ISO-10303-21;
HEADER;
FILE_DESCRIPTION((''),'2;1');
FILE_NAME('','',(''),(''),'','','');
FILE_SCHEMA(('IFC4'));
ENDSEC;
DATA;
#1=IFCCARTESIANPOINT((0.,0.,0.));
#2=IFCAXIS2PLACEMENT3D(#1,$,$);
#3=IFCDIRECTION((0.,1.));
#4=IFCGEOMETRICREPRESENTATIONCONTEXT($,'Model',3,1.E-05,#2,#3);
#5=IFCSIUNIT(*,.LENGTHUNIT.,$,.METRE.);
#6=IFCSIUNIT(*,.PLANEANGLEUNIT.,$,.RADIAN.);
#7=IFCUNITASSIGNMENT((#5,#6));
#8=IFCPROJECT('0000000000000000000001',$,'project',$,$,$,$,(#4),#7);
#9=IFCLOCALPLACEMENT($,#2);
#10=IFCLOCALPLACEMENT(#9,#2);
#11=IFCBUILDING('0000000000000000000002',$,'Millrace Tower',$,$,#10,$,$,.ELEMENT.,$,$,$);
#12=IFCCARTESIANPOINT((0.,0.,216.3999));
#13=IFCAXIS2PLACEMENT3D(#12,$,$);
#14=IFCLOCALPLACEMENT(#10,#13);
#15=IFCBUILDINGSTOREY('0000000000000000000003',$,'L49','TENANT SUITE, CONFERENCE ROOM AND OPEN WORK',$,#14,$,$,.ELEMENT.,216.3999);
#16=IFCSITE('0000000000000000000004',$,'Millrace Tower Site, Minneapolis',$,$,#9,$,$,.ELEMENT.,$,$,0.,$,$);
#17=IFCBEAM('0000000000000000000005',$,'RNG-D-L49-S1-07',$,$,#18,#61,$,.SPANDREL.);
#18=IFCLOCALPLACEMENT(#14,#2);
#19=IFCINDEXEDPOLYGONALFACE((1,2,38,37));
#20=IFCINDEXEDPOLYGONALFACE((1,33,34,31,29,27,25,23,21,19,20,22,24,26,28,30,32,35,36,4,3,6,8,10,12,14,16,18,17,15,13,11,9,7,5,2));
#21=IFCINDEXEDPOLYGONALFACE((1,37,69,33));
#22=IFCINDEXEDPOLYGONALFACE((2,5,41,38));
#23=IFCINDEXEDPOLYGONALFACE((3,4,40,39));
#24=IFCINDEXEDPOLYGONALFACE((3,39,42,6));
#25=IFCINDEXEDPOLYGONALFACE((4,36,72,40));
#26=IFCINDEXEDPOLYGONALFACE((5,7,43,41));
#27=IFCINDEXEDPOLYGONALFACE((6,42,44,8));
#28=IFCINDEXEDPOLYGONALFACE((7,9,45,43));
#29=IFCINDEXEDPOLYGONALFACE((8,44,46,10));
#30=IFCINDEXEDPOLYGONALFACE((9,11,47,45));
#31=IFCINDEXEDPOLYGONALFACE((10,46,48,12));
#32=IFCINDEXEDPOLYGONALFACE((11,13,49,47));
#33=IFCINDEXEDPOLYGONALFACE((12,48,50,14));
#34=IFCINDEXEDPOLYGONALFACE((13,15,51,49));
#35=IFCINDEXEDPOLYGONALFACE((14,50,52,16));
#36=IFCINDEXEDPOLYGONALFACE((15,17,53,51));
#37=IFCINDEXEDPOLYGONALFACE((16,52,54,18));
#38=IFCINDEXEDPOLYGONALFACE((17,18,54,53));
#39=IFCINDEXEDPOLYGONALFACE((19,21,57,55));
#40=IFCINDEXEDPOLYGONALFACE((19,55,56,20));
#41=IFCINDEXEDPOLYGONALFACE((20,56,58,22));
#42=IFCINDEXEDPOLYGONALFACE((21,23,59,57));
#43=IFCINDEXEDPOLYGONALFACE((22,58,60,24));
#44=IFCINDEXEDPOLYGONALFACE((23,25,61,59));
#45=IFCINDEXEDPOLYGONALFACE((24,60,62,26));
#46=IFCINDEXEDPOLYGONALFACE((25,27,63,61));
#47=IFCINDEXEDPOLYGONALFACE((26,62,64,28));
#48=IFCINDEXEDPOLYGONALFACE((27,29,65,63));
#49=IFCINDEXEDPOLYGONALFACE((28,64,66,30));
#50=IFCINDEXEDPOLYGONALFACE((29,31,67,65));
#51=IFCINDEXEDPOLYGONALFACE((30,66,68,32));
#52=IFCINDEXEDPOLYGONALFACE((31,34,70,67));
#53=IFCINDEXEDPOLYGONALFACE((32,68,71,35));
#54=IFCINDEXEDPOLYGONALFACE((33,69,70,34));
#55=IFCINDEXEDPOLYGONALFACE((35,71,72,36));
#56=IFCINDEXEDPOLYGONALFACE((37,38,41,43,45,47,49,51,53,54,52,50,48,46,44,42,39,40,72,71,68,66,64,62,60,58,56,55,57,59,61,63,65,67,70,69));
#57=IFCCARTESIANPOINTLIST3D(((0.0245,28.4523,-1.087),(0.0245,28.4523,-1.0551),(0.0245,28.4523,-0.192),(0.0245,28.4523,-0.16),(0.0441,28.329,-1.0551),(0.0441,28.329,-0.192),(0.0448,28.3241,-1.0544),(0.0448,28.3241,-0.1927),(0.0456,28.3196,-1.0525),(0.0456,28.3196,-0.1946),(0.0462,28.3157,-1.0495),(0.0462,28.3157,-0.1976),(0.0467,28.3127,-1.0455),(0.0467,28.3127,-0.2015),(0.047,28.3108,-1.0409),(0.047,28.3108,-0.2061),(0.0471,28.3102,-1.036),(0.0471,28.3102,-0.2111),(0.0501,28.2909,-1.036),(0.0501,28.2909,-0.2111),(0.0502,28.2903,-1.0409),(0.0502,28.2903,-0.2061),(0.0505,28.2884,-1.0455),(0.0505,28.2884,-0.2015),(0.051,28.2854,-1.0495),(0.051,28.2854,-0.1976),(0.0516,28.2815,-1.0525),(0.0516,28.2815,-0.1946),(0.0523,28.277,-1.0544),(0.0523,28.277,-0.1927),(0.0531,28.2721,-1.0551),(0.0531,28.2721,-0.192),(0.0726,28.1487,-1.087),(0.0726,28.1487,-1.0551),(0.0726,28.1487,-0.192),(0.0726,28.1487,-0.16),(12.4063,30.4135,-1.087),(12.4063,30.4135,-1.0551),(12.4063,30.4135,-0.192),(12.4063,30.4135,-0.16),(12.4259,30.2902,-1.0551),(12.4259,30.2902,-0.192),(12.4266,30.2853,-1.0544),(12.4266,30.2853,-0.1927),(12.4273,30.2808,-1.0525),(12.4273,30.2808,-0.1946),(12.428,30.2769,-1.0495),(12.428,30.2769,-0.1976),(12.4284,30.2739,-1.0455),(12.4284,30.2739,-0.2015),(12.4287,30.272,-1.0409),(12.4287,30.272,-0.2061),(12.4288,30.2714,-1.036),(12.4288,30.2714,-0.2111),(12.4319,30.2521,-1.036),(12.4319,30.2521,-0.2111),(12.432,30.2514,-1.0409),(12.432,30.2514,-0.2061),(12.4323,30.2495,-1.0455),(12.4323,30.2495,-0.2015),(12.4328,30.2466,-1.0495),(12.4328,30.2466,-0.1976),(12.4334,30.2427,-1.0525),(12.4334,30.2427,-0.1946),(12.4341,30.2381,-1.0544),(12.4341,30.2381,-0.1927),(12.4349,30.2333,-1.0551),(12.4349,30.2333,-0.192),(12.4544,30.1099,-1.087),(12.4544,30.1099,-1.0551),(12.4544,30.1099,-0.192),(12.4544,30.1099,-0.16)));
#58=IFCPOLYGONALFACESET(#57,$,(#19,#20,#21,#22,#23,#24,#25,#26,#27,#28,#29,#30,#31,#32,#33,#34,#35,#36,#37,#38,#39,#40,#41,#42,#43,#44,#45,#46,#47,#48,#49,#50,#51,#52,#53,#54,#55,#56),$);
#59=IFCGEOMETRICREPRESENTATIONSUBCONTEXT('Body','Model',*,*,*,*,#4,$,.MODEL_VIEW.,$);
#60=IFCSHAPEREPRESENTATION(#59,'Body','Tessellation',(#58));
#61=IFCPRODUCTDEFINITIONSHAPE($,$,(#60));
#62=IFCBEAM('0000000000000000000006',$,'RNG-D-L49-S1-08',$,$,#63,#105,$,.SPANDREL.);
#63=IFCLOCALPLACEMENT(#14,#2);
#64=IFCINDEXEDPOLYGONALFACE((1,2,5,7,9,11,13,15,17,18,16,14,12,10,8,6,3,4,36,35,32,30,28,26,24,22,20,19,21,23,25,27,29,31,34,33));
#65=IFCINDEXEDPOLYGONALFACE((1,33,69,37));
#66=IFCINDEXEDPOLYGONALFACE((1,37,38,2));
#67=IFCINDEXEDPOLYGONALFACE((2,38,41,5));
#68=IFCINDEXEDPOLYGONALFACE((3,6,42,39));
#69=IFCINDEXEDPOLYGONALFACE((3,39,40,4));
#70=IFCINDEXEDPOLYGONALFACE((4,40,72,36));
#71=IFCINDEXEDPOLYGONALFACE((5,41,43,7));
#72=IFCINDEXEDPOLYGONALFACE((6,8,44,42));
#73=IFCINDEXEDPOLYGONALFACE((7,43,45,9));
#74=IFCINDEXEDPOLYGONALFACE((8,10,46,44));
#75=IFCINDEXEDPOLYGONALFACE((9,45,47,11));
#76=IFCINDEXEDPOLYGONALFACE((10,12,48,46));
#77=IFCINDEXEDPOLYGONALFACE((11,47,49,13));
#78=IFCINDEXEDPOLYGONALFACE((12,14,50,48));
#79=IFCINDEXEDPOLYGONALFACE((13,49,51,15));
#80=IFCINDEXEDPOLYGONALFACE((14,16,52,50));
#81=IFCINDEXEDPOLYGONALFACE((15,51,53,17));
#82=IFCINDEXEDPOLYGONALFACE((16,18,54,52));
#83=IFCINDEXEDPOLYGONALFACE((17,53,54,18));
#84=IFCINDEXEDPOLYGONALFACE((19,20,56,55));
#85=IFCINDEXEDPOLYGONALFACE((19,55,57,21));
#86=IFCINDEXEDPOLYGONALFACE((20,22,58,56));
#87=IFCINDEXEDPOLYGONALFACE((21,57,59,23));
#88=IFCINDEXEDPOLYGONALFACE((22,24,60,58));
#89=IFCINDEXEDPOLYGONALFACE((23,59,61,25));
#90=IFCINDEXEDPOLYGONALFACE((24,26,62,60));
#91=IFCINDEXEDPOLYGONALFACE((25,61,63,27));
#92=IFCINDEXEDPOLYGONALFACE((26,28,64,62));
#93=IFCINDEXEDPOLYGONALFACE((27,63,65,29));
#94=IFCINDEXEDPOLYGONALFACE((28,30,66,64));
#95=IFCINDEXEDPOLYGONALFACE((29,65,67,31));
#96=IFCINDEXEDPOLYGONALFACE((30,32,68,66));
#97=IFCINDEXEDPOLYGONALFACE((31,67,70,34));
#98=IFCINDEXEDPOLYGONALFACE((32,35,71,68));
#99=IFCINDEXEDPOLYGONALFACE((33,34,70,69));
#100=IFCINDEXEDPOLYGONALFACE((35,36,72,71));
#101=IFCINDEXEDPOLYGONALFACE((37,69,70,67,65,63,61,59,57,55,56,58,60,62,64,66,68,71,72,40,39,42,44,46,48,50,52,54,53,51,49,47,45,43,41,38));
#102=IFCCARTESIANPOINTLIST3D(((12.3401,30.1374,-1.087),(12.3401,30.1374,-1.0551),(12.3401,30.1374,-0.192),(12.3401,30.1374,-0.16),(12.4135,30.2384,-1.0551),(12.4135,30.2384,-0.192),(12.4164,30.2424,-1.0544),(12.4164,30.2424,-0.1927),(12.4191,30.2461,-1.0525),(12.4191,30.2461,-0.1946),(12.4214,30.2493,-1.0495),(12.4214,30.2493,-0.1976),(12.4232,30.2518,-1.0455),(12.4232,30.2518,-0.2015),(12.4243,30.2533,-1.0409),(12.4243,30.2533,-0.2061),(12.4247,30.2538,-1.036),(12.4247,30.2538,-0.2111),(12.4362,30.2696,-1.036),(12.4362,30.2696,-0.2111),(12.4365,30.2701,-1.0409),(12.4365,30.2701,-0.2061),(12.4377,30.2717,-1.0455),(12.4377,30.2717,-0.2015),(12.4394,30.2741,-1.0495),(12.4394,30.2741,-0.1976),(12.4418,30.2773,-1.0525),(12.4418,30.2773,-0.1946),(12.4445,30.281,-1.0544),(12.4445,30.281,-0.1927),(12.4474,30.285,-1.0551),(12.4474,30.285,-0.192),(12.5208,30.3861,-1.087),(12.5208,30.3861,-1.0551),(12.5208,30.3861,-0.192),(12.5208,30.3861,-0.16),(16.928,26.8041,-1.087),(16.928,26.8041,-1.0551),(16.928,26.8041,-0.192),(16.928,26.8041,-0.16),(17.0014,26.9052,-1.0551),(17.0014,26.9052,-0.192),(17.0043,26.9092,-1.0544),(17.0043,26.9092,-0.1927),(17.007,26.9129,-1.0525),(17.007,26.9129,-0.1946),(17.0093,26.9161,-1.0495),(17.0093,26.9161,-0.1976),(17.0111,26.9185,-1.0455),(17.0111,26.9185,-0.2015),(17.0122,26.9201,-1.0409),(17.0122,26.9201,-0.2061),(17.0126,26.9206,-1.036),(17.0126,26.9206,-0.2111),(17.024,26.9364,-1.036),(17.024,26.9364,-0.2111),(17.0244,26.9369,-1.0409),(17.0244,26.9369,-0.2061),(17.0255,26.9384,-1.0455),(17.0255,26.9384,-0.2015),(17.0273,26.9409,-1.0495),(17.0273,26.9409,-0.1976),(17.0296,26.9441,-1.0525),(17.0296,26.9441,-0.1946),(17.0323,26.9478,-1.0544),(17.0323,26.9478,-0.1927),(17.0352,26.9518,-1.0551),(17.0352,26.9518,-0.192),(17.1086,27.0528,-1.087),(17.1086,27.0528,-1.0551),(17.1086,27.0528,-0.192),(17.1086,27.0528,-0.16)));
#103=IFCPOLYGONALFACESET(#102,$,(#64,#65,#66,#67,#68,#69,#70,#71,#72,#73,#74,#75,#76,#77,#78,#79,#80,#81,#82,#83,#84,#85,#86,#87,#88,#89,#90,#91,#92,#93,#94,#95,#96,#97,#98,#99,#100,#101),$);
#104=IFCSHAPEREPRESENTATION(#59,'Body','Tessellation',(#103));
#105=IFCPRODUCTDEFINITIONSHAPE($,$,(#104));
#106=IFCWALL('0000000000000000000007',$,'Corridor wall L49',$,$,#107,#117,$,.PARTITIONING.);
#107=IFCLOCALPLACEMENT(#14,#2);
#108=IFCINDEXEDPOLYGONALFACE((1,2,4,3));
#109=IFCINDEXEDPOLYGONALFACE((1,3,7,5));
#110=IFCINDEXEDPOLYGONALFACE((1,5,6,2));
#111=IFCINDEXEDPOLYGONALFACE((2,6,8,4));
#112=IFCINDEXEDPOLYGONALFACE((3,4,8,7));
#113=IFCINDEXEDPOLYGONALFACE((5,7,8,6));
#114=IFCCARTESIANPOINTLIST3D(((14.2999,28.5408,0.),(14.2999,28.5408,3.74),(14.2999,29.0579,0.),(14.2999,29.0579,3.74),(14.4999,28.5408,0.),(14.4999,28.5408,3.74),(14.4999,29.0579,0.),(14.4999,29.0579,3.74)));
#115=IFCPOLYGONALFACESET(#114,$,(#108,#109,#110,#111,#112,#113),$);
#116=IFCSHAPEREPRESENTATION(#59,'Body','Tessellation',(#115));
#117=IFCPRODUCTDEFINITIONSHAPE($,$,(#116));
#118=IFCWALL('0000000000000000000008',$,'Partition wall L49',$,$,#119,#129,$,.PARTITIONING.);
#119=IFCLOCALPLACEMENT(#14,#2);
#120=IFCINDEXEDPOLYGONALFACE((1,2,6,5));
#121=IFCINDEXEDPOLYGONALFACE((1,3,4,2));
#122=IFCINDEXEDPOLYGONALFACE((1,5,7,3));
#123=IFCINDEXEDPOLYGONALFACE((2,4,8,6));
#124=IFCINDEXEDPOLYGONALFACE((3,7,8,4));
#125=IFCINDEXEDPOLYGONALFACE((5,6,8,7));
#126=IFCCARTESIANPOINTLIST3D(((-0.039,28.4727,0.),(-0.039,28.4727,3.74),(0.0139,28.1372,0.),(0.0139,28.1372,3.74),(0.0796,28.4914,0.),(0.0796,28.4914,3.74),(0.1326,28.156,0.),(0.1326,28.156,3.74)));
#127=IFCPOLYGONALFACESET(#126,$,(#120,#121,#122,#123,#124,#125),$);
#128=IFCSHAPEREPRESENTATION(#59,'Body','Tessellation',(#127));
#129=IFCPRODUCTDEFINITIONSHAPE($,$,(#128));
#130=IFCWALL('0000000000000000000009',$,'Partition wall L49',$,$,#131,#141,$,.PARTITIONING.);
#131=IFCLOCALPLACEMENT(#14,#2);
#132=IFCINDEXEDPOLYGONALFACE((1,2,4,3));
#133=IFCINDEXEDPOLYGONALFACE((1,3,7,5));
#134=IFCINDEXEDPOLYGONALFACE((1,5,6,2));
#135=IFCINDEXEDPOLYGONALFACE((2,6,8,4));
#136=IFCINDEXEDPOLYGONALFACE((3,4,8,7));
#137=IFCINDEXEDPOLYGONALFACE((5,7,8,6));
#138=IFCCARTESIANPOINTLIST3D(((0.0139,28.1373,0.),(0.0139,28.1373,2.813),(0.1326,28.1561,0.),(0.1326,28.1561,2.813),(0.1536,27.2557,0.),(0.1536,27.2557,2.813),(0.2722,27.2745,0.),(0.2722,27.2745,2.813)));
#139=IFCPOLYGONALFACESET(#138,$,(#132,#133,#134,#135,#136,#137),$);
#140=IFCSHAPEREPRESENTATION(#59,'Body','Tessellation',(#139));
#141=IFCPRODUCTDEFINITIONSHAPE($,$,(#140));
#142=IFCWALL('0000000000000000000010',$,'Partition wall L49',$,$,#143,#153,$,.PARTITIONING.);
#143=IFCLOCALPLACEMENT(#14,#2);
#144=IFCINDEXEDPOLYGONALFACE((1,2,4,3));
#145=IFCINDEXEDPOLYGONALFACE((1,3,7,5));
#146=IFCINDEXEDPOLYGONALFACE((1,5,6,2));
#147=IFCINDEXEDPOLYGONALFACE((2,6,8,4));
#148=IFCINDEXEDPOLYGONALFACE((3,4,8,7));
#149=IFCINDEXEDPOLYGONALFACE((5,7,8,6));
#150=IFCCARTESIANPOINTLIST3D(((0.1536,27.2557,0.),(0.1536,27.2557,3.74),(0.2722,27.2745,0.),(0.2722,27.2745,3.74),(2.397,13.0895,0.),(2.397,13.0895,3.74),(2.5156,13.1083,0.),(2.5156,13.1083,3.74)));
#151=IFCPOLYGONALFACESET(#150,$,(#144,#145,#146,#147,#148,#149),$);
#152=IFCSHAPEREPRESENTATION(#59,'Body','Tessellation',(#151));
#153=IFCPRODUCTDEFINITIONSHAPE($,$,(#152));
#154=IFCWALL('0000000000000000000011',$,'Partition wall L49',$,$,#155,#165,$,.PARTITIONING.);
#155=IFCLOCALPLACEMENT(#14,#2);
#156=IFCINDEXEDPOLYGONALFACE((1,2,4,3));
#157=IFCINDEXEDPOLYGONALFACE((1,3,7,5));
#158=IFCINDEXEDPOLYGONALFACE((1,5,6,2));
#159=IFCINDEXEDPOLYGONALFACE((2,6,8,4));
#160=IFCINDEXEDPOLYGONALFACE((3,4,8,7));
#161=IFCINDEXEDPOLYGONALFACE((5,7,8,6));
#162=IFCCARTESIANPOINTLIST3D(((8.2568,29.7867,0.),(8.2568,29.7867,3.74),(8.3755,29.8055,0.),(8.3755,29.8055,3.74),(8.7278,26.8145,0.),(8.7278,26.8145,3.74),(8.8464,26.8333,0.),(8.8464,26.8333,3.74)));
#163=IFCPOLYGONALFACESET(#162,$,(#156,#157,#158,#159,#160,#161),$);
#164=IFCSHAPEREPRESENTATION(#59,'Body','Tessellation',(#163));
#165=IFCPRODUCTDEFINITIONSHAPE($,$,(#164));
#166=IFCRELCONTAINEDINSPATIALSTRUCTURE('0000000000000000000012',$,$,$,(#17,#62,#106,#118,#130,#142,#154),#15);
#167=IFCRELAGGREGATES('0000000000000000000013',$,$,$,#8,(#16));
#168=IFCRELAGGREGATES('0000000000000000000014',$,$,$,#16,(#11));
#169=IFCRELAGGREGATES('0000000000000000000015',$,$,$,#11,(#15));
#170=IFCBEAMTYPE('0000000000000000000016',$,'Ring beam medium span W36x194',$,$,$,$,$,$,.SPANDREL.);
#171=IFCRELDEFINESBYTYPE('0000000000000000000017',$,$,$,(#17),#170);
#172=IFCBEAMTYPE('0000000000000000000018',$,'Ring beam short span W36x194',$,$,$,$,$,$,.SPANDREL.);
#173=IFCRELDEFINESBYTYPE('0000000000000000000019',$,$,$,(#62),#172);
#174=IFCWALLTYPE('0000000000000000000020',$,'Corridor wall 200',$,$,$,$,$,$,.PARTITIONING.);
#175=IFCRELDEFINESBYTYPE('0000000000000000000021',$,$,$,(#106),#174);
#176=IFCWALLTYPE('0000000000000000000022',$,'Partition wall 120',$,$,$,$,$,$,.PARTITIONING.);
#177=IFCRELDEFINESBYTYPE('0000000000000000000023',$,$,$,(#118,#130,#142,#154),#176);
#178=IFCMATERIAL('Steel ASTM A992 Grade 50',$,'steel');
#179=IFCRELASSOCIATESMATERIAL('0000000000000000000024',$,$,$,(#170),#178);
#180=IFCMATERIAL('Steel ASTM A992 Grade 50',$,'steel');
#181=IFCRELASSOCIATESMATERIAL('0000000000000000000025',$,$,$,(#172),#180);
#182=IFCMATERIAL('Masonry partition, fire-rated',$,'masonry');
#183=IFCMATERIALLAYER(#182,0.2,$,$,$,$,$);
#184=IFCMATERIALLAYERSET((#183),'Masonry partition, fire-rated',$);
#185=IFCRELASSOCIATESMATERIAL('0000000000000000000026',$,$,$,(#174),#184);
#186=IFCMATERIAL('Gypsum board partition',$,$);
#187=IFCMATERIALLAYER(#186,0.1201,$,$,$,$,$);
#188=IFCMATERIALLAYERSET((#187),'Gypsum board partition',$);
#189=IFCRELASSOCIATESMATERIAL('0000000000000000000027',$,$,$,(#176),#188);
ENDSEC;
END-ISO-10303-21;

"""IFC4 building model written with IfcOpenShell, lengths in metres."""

from ifc_helpers import new_model, si_unit, direction, frame, frame_2d, origin, origin_2d, place, context, subcontext, project, spatial, rectangle, i_section, extrude, material, layer, layer_set, material_profile, profile_set, type_object, element, save


model = new_model("IFC4")

# Units and contexts
model_context = context("Model", 3, precision=1e-05, world=origin(), true_north=direction((0.0, 1.0)))
body_context = subcontext(model_context, "Body", "Model", "MODEL_VIEW")
ifc_project = project(units=[si_unit("LENGTHUNIT", "METRE"), si_unit("PLANEANGLEUNIT", "RADIAN")], contexts=[model_context])

# Site, building, storey
site_placement = place(None, origin())
site = spatial("IfcSite", under=ifc_project, at=site_placement, Name="Millrace Tower Site, Minneapolis", CompositionType="ELEMENT", RefElevation=0.0)
building_placement = place(site_placement, origin())
building = spatial("IfcBuilding", under=site, at=building_placement, Name="Millrace Tower", CompositionType="ELEMENT")
storey_placement = place(building_placement, frame((0.0, 0.0, 216.3999)))
storey = spatial("IfcBuildingStorey", under=building, at=storey_placement, Name="L49", Description="TENANT SUITE, CONFERENCE ROOM AND OPEN WORK", CompositionType="ELEMENT", Elevation=216.3999)

# Beams
ifc_material_1 = material(Name="Steel ASTM A992 Grade 50", Category="steel")
ifc_material_profile_1 = material_profile(ifc_material_1, i_section(OverallWidth=0.3074, OverallDepth=0.927, WebThickness=0.0195, FlangeThickness=0.032, FilletRadius=0.019, at=origin_2d()))
ifc_profile_set_1 = profile_set([ifc_material_profile_1], Name="Steel ASTM A992 Grade 50")
beam_type_1 = type_object("IfcBeamType", Name="Ring beam medium span W36x194", PredefinedType="SPANDREL", material=ifc_profile_set_1)
beam_1_placement = place(storey_placement, frame((0.0486, 28.3005, -0.6235), z_axis=(0.987687, 0.156442, 0.0), x_axis=(-0.156442, 0.987687, 0.0)))
element("IfcBeam", 1, at=beam_1_placement, inside=storey, type_object=beam_type_1, Name="RNG-D-L49-S1-07", PredefinedType="SPANDREL", context=body_context, shape_type="SweptSolid", body=[
    extrude(i_section(OverallWidth=0.3074, OverallDepth=0.927, WebThickness=0.0195, FlangeThickness=0.032, FilletRadius=0.019, at=origin_2d()), origin(), (0.0, 0.0, 1.0), 12.5361),
])
ifc_material_2 = material(Name="Steel ASTM A992 Grade 50", Category="steel")
ifc_material_profile_2 = material_profile(ifc_material_2, i_section(OverallWidth=0.3074, OverallDepth=0.927, WebThickness=0.0195, FlangeThickness=0.032, FilletRadius=0.019, at=origin_2d()))
ifc_profile_set_2 = profile_set([ifc_material_profile_2], Name="Steel ASTM A992 Grade 50")
beam_type_2 = type_object("IfcBeamType", Name="Ring beam short span W36x194", PredefinedType="SPANDREL", material=ifc_profile_set_2)
beam_2_placement = place(storey_placement, frame((12.4304, 30.2617, -0.6235), z_axis=(0.809021, -0.58778, 0.0), x_axis=(0.58778, 0.809021, 0.0)))
element("IfcBeam", 2, at=beam_2_placement, inside=storey, type_object=beam_type_2, Name="RNG-D-L49-S1-08", PredefinedType="SPANDREL", context=body_context, shape_type="SweptSolid", body=[
    extrude(i_section(OverallWidth=0.3074, OverallDepth=0.927, WebThickness=0.0195, FlangeThickness=0.032, FilletRadius=0.019, at=origin_2d()), origin(), (0.0, 0.0, 1.0), 5.6709),
])

# Walls
ifc_material_3 = material(Name="Masonry partition, fire-rated", Category="masonry")
ifc_layer_1 = layer(ifc_material_3, 0.2)
ifc_layer_set_1 = layer_set([ifc_layer_1], Name="Masonry partition, fire-rated")
wall_type_1 = type_object("IfcWallType", Name="Corridor wall 200", PredefinedType="PARTITIONING", material=ifc_layer_set_1)
wall_1_placement = place(storey_placement, frame((14.3999, 28.5408, 0.0), z_axis=(0.0, 0.0, 1.0), x_axis=(0.0, 1.0, 0.0)))
element("IfcWall", 3, at=wall_1_placement, inside=storey, type_object=wall_type_1, Name="Corridor wall L49", PredefinedType="PARTITIONING", context=body_context, shape_type="SweptSolid", body=[
    extrude(rectangle(XDim=0.5171, YDim=0.2, at=frame_2d((0.2585, 0.0))), origin(), (0.0, 0.0, 1.0), 3.74),
])
ifc_material_4 = material(Name="Gypsum board partition")
ifc_layer_2 = layer(ifc_material_4, 0.1201)
ifc_layer_set_2 = layer_set([ifc_layer_2], Name="Gypsum board partition")
wall_type_2 = type_object("IfcWallType", Name="Partition wall 120", PredefinedType="PARTITIONING", material=ifc_layer_set_2)
wall_2_placement = place(storey_placement, frame((0.0203, 28.4822, 0.0), z_axis=(0.0, 0.0, 1.0), x_axis=(0.155999, -0.987757, 0.0)))
element("IfcWall", 4, at=wall_2_placement, inside=storey, type_object=wall_type_2, Name="Partition wall L49", PredefinedType="PARTITIONING", context=body_context, shape_type="SweptSolid", body=[
    extrude(rectangle(XDim=0.3396, YDim=0.1201, at=frame_2d((0.1699, 0.0))), origin(), (0.0, 0.0, 1.0), 3.74),
])
wall_3_placement = place(storey_placement, frame((0.0732, 28.1467, 0.0), z_axis=(0.0, 0.0, 1.0), x_axis=(0.156454, -0.987685, 0.0)))
element("IfcWall", 5, at=wall_3_placement, inside=storey, type_object=wall_type_2, Name="Partition wall L49", PredefinedType="PARTITIONING", context=body_context, shape_type="SweptSolid", body=[
    extrude(rectangle(XDim=0.8926, YDim=0.1201, at=frame_2d((0.4463, 0.0))), origin(), (0.0, 0.0, 1.0), 2.813),
])
wall_4_placement = place(storey_placement, frame((0.2129, 27.2651, 0.0), z_axis=(0.0, 0.0, 1.0), x_axis=(0.156414, -0.987692, 0.0)))
element("IfcWall", 6, at=wall_4_placement, inside=storey, type_object=wall_type_2, Name="Partition wall L49", PredefinedType="PARTITIONING", context=body_context, shape_type="SweptSolid", body=[
    extrude(rectangle(XDim=14.3428, YDim=0.1201, at=frame_2d((7.1714, 0.0))), origin(), (0.0, 0.0, 1.0), 3.74),
])
wall_5_placement = place(storey_placement, frame((8.3162, 29.7961, 0.0), z_axis=(0.0, 0.0, 1.0), x_axis=(0.1565, -0.987678, 0.0)))
element("IfcWall", 7, at=wall_5_placement, inside=storey, type_object=wall_type_2, Name="Partition wall L49", PredefinedType="PARTITIONING", context=body_context, shape_type="SweptSolid", body=[
    extrude(rectangle(XDim=3.0093, YDim=0.1201, at=frame_2d((1.5046, 0.0))), origin(), (0.0, 0.0, 1.0), 3.74),
])

save(model, "model.ifc")
